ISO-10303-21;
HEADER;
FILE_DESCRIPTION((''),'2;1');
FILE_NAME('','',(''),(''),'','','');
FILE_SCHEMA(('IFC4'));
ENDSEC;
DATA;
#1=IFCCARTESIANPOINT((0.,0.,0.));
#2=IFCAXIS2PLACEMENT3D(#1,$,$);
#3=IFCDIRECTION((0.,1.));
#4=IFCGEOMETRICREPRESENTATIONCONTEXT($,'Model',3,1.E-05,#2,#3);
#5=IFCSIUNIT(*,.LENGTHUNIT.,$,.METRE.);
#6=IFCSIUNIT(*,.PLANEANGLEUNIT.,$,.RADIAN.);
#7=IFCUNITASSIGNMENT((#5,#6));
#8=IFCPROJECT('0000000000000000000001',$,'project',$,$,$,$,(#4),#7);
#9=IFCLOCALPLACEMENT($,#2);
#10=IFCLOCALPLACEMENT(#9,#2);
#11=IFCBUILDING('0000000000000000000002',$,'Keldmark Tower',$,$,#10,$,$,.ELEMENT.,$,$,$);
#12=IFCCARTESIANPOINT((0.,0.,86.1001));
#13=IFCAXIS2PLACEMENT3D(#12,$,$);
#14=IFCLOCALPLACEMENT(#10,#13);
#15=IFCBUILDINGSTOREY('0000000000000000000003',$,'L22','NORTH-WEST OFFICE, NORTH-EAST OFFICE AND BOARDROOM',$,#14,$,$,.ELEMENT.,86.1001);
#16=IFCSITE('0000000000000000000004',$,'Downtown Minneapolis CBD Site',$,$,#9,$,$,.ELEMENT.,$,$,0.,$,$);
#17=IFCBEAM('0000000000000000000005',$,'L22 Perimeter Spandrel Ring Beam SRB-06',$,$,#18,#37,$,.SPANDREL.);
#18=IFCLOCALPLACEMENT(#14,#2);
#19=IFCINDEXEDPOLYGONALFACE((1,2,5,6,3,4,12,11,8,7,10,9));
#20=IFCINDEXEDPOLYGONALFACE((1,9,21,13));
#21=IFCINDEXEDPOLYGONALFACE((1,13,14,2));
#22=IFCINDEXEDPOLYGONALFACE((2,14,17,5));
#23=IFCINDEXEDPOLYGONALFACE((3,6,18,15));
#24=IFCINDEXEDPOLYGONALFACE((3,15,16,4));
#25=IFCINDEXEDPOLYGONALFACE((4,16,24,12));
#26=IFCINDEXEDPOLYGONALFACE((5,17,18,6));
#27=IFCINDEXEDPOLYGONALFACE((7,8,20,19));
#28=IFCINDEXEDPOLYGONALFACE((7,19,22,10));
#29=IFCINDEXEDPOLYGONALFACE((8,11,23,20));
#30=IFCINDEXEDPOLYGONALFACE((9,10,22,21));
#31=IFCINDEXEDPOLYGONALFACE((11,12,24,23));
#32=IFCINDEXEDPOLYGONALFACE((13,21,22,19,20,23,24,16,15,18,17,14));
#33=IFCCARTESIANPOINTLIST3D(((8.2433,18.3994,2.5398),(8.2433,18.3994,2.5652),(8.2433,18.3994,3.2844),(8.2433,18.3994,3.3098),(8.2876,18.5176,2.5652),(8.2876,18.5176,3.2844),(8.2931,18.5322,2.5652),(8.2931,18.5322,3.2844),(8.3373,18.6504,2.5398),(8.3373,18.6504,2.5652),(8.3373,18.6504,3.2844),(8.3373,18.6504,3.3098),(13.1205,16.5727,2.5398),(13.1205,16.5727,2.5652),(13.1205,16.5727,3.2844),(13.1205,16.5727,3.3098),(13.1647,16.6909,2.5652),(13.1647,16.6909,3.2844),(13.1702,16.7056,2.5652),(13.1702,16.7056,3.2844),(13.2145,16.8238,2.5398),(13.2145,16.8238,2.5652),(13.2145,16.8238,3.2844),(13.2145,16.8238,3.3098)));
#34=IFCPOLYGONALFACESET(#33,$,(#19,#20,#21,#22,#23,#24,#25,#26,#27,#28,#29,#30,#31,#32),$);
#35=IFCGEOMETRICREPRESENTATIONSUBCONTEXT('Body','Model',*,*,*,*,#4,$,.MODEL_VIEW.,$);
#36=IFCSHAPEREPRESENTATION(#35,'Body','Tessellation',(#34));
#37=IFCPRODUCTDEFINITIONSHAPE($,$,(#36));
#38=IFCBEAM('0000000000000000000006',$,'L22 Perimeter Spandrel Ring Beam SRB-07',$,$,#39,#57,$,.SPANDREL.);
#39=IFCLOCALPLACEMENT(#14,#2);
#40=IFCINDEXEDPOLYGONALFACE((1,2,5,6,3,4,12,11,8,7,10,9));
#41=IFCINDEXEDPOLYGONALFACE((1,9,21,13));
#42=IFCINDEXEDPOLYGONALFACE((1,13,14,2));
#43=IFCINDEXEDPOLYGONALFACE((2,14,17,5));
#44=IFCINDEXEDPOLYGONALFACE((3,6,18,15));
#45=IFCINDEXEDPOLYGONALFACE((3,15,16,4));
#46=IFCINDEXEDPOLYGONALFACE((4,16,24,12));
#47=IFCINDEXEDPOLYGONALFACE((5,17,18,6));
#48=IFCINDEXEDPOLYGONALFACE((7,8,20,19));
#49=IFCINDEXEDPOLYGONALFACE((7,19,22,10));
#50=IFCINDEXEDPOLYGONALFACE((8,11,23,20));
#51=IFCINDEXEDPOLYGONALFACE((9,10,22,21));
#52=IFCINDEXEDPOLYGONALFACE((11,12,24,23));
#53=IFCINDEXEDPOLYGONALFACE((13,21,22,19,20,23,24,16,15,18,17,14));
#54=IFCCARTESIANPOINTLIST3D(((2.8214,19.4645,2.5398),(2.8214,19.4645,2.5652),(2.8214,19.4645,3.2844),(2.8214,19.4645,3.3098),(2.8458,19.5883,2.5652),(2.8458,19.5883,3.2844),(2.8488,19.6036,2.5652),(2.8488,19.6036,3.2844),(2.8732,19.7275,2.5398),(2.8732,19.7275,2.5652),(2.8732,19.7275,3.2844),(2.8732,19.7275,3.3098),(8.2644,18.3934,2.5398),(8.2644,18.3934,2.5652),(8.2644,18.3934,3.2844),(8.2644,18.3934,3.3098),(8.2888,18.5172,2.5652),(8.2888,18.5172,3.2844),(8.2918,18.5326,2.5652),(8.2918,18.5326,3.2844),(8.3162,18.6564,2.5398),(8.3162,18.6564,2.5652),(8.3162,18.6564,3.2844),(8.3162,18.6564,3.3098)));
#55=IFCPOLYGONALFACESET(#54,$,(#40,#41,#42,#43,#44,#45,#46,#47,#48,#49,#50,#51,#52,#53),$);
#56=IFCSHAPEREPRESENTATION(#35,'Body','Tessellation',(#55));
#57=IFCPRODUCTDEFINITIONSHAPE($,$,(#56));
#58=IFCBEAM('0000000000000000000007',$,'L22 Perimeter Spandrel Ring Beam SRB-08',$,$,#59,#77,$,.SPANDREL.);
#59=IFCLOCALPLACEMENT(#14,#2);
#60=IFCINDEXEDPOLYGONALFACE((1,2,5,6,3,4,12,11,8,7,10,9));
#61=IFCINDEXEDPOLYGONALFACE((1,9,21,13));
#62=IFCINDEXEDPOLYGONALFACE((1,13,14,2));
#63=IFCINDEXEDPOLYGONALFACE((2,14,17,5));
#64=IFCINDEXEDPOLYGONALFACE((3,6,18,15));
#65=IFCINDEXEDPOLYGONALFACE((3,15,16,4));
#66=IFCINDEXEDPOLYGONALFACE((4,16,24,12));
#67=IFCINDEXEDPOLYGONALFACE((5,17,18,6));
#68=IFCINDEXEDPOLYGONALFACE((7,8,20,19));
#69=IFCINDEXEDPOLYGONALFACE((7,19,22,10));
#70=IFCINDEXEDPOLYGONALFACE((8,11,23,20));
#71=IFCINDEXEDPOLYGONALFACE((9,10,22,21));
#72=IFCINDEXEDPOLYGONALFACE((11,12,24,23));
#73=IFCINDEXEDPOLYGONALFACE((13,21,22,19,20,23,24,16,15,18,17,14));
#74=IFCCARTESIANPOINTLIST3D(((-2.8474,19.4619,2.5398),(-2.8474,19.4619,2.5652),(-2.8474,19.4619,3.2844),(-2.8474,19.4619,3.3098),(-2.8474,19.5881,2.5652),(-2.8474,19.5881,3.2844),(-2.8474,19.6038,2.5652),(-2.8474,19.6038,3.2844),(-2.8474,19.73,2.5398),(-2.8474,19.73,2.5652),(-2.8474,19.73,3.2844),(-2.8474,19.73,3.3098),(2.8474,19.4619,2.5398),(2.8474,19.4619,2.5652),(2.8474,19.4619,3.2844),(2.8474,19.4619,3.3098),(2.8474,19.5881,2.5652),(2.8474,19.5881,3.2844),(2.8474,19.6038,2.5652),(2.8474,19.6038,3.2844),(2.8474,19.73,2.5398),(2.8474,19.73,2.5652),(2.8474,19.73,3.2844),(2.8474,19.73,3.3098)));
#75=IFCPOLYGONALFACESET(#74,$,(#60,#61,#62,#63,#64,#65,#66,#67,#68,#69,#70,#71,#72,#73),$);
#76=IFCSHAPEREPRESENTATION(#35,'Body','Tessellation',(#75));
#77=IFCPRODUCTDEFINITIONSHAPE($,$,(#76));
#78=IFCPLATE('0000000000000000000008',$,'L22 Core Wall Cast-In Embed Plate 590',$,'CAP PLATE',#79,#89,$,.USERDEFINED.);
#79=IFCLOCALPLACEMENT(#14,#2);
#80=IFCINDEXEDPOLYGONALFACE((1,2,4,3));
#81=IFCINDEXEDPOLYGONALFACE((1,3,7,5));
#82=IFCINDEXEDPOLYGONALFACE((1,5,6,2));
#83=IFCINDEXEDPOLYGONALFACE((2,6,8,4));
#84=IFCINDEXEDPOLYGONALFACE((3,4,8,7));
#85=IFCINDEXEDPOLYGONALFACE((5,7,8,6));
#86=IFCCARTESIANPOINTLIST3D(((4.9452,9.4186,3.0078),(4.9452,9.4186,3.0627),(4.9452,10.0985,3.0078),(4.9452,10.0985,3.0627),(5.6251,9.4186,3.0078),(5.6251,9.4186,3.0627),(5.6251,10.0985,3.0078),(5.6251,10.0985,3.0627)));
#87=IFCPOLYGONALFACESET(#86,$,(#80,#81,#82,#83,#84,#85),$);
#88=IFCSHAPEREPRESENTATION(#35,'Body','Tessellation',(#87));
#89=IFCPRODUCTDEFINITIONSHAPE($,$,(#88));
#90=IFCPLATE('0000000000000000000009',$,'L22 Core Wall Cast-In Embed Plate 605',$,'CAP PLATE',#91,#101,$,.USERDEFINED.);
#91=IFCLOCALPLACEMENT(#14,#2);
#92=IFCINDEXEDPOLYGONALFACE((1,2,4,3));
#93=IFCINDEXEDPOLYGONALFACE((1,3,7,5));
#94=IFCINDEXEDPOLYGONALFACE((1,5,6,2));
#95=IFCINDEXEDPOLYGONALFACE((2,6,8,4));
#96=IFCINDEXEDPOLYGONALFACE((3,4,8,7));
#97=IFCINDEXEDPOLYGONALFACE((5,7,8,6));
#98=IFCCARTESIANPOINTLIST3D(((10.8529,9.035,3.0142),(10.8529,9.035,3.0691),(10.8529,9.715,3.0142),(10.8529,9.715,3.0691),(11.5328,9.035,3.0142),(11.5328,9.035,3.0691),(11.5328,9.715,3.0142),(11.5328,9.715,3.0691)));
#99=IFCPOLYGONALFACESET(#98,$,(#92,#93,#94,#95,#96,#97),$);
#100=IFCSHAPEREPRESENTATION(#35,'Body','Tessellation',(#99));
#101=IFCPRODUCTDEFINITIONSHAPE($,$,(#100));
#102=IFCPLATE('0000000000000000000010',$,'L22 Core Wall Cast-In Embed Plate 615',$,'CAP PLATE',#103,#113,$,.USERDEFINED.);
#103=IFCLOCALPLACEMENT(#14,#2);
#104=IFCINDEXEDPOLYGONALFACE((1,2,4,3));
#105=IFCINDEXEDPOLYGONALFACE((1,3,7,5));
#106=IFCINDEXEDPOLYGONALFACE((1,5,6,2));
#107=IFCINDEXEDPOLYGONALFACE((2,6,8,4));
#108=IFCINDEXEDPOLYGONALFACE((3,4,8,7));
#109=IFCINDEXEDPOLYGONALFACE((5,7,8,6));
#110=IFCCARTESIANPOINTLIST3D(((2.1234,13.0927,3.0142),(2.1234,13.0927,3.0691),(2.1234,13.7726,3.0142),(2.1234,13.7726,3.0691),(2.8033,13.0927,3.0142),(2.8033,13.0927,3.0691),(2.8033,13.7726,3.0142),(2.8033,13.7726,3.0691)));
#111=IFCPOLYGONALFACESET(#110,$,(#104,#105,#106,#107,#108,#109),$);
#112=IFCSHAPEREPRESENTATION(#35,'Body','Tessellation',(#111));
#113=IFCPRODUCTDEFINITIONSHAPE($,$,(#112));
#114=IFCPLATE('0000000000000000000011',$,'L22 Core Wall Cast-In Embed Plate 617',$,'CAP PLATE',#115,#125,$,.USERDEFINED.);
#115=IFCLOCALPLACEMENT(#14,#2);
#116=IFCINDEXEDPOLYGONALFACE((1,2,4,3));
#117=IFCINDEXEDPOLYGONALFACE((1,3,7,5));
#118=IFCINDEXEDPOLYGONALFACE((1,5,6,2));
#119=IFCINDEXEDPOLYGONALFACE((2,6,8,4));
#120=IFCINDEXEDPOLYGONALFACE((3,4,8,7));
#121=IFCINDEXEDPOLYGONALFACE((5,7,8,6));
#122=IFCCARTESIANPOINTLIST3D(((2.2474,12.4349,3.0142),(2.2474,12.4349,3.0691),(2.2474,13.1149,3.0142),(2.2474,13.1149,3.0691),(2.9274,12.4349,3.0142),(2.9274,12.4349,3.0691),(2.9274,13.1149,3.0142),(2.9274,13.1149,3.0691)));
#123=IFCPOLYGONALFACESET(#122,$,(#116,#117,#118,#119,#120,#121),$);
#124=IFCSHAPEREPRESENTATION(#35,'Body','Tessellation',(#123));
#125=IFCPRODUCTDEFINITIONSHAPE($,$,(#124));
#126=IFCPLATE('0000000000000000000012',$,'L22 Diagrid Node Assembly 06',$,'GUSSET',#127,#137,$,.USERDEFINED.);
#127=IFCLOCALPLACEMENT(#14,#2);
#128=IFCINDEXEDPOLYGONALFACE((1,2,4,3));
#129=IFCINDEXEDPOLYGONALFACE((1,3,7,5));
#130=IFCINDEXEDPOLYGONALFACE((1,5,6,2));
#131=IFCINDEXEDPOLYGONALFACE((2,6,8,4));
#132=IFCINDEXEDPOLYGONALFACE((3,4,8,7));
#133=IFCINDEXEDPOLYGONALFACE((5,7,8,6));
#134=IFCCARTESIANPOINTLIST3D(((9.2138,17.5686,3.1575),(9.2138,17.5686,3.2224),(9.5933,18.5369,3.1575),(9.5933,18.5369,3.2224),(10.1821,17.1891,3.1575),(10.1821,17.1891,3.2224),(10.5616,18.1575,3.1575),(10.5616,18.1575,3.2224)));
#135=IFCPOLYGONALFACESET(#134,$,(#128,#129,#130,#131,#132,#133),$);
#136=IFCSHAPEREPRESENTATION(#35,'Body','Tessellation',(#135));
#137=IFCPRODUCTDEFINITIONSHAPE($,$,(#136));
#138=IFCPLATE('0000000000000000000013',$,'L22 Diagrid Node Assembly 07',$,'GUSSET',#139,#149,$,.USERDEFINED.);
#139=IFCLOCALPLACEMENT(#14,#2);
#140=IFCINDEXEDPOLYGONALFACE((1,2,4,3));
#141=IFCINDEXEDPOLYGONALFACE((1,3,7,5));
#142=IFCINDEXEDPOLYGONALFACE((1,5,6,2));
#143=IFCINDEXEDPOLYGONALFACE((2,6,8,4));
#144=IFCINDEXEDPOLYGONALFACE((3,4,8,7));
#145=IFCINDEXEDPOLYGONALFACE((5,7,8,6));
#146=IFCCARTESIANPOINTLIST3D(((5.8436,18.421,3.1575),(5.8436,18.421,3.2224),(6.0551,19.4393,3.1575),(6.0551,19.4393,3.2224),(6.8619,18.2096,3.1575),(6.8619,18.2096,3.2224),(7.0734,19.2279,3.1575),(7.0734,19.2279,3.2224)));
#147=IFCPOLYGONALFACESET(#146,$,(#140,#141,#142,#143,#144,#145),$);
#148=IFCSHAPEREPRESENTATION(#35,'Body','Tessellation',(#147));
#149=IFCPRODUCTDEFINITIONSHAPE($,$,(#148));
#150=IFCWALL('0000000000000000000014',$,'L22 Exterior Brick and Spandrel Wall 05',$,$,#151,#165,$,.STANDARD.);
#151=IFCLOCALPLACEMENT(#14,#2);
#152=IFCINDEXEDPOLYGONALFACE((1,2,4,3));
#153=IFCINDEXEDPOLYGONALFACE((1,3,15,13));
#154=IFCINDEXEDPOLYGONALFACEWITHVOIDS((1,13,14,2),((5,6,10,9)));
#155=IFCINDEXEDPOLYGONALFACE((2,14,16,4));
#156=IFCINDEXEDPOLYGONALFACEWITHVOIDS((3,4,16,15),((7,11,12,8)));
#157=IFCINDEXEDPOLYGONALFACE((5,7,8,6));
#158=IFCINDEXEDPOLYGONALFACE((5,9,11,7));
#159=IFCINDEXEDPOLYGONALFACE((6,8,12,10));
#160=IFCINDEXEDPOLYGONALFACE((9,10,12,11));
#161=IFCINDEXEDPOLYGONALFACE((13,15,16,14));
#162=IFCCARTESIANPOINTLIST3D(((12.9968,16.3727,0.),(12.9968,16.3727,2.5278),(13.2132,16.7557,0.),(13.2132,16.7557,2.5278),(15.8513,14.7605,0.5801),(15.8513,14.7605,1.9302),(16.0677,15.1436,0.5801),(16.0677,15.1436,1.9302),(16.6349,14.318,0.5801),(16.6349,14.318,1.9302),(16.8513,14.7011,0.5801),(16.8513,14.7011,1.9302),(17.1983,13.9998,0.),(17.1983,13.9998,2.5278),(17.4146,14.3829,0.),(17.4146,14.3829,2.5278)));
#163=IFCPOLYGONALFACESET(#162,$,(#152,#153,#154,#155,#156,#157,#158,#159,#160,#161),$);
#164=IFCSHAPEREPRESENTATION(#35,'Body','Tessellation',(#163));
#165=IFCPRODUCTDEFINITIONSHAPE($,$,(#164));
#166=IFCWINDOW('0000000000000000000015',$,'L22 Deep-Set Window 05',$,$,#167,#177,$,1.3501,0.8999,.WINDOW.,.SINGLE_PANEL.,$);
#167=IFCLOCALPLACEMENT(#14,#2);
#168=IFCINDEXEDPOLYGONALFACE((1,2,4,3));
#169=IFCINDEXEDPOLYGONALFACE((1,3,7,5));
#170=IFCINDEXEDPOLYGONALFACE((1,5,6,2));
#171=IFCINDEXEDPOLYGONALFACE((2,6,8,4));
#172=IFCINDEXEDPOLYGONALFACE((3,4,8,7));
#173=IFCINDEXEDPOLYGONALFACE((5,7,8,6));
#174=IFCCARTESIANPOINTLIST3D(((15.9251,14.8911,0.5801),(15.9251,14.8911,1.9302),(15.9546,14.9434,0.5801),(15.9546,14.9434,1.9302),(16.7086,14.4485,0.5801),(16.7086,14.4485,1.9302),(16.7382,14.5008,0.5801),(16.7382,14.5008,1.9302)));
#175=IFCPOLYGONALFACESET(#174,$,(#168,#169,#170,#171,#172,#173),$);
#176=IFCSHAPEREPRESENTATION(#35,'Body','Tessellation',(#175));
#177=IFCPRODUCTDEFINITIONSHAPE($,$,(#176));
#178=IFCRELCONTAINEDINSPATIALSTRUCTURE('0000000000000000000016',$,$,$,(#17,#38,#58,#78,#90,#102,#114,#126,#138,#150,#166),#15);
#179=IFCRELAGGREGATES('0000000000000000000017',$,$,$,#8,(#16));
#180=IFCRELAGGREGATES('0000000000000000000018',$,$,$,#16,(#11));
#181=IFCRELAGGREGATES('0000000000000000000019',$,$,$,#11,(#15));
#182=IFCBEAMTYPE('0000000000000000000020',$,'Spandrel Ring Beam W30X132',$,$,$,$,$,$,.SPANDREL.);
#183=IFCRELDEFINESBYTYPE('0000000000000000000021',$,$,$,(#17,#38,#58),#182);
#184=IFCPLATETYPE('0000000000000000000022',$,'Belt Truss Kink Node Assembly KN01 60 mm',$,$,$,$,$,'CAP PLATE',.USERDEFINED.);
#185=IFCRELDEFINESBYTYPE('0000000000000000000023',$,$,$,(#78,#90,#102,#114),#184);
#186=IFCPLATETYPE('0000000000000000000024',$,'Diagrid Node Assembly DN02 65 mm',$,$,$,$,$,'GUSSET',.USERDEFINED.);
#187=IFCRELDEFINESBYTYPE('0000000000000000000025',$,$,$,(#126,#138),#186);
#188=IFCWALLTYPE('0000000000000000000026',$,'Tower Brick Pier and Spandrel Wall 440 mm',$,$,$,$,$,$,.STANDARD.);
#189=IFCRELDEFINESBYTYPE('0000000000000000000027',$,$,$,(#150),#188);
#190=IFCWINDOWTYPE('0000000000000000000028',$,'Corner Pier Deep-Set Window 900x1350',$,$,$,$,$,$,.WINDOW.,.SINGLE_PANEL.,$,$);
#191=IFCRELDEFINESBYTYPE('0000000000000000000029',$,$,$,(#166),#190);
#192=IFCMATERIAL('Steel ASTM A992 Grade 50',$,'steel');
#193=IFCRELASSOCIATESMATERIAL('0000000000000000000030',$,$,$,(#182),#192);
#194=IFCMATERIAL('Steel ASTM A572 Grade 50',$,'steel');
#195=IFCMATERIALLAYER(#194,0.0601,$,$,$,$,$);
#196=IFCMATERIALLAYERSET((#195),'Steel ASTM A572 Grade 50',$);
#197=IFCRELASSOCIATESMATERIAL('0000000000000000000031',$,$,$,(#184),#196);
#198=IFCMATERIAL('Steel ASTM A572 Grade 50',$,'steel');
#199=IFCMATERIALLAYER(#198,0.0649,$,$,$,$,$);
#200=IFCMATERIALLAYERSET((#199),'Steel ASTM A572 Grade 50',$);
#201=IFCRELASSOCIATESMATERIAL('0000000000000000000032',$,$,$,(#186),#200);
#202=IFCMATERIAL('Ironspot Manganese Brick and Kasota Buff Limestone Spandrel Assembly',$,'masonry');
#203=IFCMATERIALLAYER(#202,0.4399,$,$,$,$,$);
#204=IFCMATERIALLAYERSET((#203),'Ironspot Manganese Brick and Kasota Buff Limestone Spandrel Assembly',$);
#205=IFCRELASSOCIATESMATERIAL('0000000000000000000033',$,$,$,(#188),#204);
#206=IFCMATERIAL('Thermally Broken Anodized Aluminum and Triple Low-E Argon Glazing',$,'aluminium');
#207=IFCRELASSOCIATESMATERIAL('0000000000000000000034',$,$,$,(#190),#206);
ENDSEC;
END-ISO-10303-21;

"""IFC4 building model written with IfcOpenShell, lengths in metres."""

from ifc_helpers import new_model, si_unit, direction, frame, frame_2d, origin, origin_2d, place, context, subcontext, project, spatial, rectangle, i_section, extrude, material, layer, layer_set, material_profile, profile_set, type_object, element, fill, save


model = new_model("IFC4")

# Units and contexts
model_context = context("Model", 3, precision=1e-05, world=origin(), true_north=direction((0.0, 1.0)))
body_context = subcontext(model_context, "Body", "Model", "MODEL_VIEW")
ifc_project = project(units=[si_unit("LENGTHUNIT", "METRE"), si_unit("PLANEANGLEUNIT", "RADIAN")], contexts=[model_context])

# Site, building, storey
site_placement = place(None, origin())
site = spatial("IfcSite", under=ifc_project, at=site_placement, Name="Downtown Minneapolis CBD Site", CompositionType="ELEMENT", RefElevation=0.0)
building_placement = place(site_placement, origin())
building = spatial("IfcBuilding", under=site, at=building_placement, Name="Keldmark Tower", CompositionType="ELEMENT")
storey_placement = place(building_placement, frame((0.0, 0.0, 86.1001)))
storey = spatial("IfcBuildingStorey", under=building, at=storey_placement, Name="L22", Description="NORTH-WEST OFFICE, NORTH-EAST OFFICE AND BOARDROOM", CompositionType="ELEMENT", Elevation=86.1001)

# Beams
ifc_material_1 = material(Name="Steel ASTM A992 Grade 50", Category="steel")
ifc_material_profile_1 = material_profile(ifc_material_1, i_section(OverallWidth=0.2681, OverallDepth=0.77, WebThickness=0.0156, FlangeThickness=0.0254, at=origin_2d()), Name="W30X132")
ifc_profile_set_1 = profile_set([ifc_material_profile_1], Name="Steel ASTM A992 Grade 50")
beam_type_1 = type_object("IfcBeamType", Name="Spandrel Ring Beam W30X132", PredefinedType="SPANDREL", material=ifc_profile_set_1)
beam_1_placement = place(storey_placement, frame((13.1675, 16.6982, 2.9248), z_axis=(-0.936474, 0.350738, 0.0), x_axis=(-0.350738, -0.936474, 0.0)))
element("IfcBeam", 1, at=beam_1_placement, inside=storey, type_object=beam_type_1, Name="L22 Perimeter Spandrel Ring Beam SRB-06", PredefinedType="SPANDREL", context=body_context, shape_type="SweptSolid", body=[
    extrude(i_section(OverallWidth=0.2681, OverallDepth=0.77, WebThickness=0.0156, FlangeThickness=0.0254, at=origin_2d()), origin(), (0.0, 0.0, 1.0), 5.208),
])
beam_2_placement = place(storey_placement, frame((8.2903, 18.5249, 2.9248), z_axis=(-0.981184, 0.193077, 0.0), x_axis=(-0.193077, -0.981184, 0.0)))
element("IfcBeam", 2, at=beam_2_placement, inside=storey, type_object=beam_type_1, Name="L22 Perimeter Spandrel Ring Beam SRB-07", PredefinedType="SPANDREL", context=body_context, shape_type="SweptSolid", body=[
    extrude(i_section(OverallWidth=0.2681, OverallDepth=0.77, WebThickness=0.0156, FlangeThickness=0.0254, at=origin_2d()), origin(), (0.0, 0.0, 1.0), 5.5474),
])
beam_3_placement = place(storey_placement, frame((2.8474, 19.5959, 2.9248), z_axis=(-1.0, 0.0, 0.0), x_axis=(0.0, -1.0, 0.0)))
element("IfcBeam", 3, at=beam_3_placement, inside=storey, type_object=beam_type_1, Name="L22 Perimeter Spandrel Ring Beam SRB-08", PredefinedType="SPANDREL", context=body_context, shape_type="SweptSolid", body=[
    extrude(i_section(OverallWidth=0.2681, OverallDepth=0.77, WebThickness=0.0156, FlangeThickness=0.0254, at=origin_2d()), origin(), (0.0, 0.0, 1.0), 5.6948),
])

# Plates
ifc_material_2 = material(Name="Steel ASTM A572 Grade 50", Category="steel")
ifc_layer_1 = layer(ifc_material_2, 0.0601)
ifc_layer_set_1 = layer_set([ifc_layer_1], Name="Steel ASTM A572 Grade 50")
plate_type_1 = type_object("IfcPlateType", Name="Belt Truss Kink Node Assembly KN01 60 mm", ElementType="CAP PLATE", PredefinedType="USERDEFINED", material=ifc_layer_set_1)
for number, where, z_axis, x_axis, name in (
    (4, (5.2852, 9.7585, 3.0078), (0.0, 0.0, 1.0), (1.0, 0.0, 0.0), "L22 Core Wall Cast-In Embed Plate 590"),
    (5, (11.1929, 9.375, 3.0142), (0.0, 0.0, 1.0), (1.0, 0.0, 0.0), "L22 Core Wall Cast-In Embed Plate 605"),
    (6, (2.4634, 13.4326, 3.0142), (0.0, 0.0, 1.0), (1.0, 0.0, 0.0), "L22 Core Wall Cast-In Embed Plate 615"),
    (7, (2.5874, 12.7749, 3.0142), (0.0, 0.0, 1.0), (1.0, 0.0, 0.0), "L22 Core Wall Cast-In Embed Plate 617"),
):
    element("IfcPlate", number, at=place(storey_placement, frame(where, z_axis=z_axis, x_axis=x_axis)), inside=storey, type_object=plate_type_1, Name=name, ObjectType="CAP PLATE", PredefinedType="USERDEFINED", context=body_context, shape_type="SweptSolid", body=[
        extrude(rectangle(XDim=0.6799, YDim=0.6799, at=origin_2d()), origin(), (0.0, 0.0, 1.0), 0.0549),
    ])
ifc_material_3 = material(Name="Steel ASTM A572 Grade 50", Category="steel")
ifc_layer_2 = layer(ifc_material_3, 0.0649)
ifc_layer_set_2 = layer_set([ifc_layer_2], Name="Steel ASTM A572 Grade 50")
plate_type_2 = type_object("IfcPlateType", Name="Diagrid Node Assembly DN02 65 mm", ElementType="GUSSET", PredefinedType="USERDEFINED", material=ifc_layer_set_2)
for number, where, z_axis, x_axis, name in (
    (8, (9.8877, 17.863, 3.1575), (0.0, 0.0, 1.0), (-0.931056, 0.364877, 0.0), "L22 Diagrid Node Assembly 06"),
    (9, (6.4585, 18.8245, 3.1575), (0.0, 0.0, 1.0), (-0.979116, 0.2033, 0.0), "L22 Diagrid Node Assembly 07"),
):
    element("IfcPlate", number, at=place(storey_placement, frame(where, z_axis=z_axis, x_axis=x_axis)), inside=storey, type_object=plate_type_2, Name=name, ObjectType="GUSSET", PredefinedType="USERDEFINED", context=body_context, shape_type="SweptSolid", body=[
        extrude(rectangle(XDim=1.04, YDim=1.04, at=origin_2d()), origin(), (0.0, 0.0, 1.0), 0.0649),
    ])

# Wall, opening, window
ifc_material_4 = material(Name="Ironspot Manganese Brick and Kasota Buff Limestone Spandrel Assembly", Category="masonry")
ifc_layer_3 = layer(ifc_material_4, 0.4399)
ifc_layer_set_3 = layer_set([ifc_layer_3], Name="Ironspot Manganese Brick and Kasota Buff Limestone Spandrel Assembly")
wall_type = type_object("IfcWallType", Name="Tower Brick Pier and Spandrel Wall 440 mm", PredefinedType="STANDARD", material=ifc_layer_set_3)
wall_1_placement = place(storey_placement, frame((13.105, 16.5642, 0.0), z_axis=(0.0, 0.0, 1.0), x_axis=(0.870732, -0.491757, 0.0)))
wall_1 = element("IfcWall", 10, at=wall_1_placement, inside=storey, type_object=wall_type, Name="L22 Exterior Brick and Spandrel Wall 05", PredefinedType="STANDARD", context=body_context, shape_type="SweptSolid", body=[
    extrude(rectangle(XDim=4.8252, YDim=0.4399, at=frame_2d((2.4126, 0.0))), origin(), (0.0, 0.0, 1.0), 2.5278),
])
opening_1_placement = place(wall_1_placement, frame((3.2783, 0.0, 0.5801)))
opening_1 = element("IfcOpeningElement", 11, at=opening_1_placement, cuts=wall_1, PredefinedType="OPENING", context=body_context, shape_type="SweptSolid", body=[
    extrude(rectangle(XDim=0.8999, YDim=1.3501, at=frame_2d((0.45, 0.675))), frame((0.0, 0.23, 0.0), z_axis=(0.0, -1.0, 0.0), x_axis=(1.0, 0.0, 0.0)), (0.0, 0.0, 1.0), 0.46),
])
ifc_material_5 = material(Name="Thermally Broken Anodized Aluminum and Triple Low-E Argon Glazing", Category="aluminium")
window_type_1 = type_object("IfcWindowType", Name="Corner Pier Deep-Set Window 900x1350", PartitioningType="SINGLE_PANEL", PredefinedType="WINDOW", material=ifc_material_5)
window_1_placement = place(opening_1_placement, origin())
window_1 = element("IfcWindow", 12, at=window_1_placement, inside=storey, type_object=window_type_1, Name="L22 Deep-Set Window 05", OverallHeight=1.3501, OverallWidth=0.8999, PartitioningType="SINGLE_PANEL", PredefinedType="WINDOW", context=body_context, shape_type="SweptSolid", body=[
    extrude(rectangle(XDim=0.8999, YDim=1.3501, at=frame_2d((0.45, 0.675))), frame((0.0, -0.01, 0.0), z_axis=(0.0, -1.0, 0.0), x_axis=(1.0, 0.0, 0.0)), (0.0, 0.0, 1.0), 0.0601),
])
fill(opening_1, window_1)

save(model, "model.ifc")
